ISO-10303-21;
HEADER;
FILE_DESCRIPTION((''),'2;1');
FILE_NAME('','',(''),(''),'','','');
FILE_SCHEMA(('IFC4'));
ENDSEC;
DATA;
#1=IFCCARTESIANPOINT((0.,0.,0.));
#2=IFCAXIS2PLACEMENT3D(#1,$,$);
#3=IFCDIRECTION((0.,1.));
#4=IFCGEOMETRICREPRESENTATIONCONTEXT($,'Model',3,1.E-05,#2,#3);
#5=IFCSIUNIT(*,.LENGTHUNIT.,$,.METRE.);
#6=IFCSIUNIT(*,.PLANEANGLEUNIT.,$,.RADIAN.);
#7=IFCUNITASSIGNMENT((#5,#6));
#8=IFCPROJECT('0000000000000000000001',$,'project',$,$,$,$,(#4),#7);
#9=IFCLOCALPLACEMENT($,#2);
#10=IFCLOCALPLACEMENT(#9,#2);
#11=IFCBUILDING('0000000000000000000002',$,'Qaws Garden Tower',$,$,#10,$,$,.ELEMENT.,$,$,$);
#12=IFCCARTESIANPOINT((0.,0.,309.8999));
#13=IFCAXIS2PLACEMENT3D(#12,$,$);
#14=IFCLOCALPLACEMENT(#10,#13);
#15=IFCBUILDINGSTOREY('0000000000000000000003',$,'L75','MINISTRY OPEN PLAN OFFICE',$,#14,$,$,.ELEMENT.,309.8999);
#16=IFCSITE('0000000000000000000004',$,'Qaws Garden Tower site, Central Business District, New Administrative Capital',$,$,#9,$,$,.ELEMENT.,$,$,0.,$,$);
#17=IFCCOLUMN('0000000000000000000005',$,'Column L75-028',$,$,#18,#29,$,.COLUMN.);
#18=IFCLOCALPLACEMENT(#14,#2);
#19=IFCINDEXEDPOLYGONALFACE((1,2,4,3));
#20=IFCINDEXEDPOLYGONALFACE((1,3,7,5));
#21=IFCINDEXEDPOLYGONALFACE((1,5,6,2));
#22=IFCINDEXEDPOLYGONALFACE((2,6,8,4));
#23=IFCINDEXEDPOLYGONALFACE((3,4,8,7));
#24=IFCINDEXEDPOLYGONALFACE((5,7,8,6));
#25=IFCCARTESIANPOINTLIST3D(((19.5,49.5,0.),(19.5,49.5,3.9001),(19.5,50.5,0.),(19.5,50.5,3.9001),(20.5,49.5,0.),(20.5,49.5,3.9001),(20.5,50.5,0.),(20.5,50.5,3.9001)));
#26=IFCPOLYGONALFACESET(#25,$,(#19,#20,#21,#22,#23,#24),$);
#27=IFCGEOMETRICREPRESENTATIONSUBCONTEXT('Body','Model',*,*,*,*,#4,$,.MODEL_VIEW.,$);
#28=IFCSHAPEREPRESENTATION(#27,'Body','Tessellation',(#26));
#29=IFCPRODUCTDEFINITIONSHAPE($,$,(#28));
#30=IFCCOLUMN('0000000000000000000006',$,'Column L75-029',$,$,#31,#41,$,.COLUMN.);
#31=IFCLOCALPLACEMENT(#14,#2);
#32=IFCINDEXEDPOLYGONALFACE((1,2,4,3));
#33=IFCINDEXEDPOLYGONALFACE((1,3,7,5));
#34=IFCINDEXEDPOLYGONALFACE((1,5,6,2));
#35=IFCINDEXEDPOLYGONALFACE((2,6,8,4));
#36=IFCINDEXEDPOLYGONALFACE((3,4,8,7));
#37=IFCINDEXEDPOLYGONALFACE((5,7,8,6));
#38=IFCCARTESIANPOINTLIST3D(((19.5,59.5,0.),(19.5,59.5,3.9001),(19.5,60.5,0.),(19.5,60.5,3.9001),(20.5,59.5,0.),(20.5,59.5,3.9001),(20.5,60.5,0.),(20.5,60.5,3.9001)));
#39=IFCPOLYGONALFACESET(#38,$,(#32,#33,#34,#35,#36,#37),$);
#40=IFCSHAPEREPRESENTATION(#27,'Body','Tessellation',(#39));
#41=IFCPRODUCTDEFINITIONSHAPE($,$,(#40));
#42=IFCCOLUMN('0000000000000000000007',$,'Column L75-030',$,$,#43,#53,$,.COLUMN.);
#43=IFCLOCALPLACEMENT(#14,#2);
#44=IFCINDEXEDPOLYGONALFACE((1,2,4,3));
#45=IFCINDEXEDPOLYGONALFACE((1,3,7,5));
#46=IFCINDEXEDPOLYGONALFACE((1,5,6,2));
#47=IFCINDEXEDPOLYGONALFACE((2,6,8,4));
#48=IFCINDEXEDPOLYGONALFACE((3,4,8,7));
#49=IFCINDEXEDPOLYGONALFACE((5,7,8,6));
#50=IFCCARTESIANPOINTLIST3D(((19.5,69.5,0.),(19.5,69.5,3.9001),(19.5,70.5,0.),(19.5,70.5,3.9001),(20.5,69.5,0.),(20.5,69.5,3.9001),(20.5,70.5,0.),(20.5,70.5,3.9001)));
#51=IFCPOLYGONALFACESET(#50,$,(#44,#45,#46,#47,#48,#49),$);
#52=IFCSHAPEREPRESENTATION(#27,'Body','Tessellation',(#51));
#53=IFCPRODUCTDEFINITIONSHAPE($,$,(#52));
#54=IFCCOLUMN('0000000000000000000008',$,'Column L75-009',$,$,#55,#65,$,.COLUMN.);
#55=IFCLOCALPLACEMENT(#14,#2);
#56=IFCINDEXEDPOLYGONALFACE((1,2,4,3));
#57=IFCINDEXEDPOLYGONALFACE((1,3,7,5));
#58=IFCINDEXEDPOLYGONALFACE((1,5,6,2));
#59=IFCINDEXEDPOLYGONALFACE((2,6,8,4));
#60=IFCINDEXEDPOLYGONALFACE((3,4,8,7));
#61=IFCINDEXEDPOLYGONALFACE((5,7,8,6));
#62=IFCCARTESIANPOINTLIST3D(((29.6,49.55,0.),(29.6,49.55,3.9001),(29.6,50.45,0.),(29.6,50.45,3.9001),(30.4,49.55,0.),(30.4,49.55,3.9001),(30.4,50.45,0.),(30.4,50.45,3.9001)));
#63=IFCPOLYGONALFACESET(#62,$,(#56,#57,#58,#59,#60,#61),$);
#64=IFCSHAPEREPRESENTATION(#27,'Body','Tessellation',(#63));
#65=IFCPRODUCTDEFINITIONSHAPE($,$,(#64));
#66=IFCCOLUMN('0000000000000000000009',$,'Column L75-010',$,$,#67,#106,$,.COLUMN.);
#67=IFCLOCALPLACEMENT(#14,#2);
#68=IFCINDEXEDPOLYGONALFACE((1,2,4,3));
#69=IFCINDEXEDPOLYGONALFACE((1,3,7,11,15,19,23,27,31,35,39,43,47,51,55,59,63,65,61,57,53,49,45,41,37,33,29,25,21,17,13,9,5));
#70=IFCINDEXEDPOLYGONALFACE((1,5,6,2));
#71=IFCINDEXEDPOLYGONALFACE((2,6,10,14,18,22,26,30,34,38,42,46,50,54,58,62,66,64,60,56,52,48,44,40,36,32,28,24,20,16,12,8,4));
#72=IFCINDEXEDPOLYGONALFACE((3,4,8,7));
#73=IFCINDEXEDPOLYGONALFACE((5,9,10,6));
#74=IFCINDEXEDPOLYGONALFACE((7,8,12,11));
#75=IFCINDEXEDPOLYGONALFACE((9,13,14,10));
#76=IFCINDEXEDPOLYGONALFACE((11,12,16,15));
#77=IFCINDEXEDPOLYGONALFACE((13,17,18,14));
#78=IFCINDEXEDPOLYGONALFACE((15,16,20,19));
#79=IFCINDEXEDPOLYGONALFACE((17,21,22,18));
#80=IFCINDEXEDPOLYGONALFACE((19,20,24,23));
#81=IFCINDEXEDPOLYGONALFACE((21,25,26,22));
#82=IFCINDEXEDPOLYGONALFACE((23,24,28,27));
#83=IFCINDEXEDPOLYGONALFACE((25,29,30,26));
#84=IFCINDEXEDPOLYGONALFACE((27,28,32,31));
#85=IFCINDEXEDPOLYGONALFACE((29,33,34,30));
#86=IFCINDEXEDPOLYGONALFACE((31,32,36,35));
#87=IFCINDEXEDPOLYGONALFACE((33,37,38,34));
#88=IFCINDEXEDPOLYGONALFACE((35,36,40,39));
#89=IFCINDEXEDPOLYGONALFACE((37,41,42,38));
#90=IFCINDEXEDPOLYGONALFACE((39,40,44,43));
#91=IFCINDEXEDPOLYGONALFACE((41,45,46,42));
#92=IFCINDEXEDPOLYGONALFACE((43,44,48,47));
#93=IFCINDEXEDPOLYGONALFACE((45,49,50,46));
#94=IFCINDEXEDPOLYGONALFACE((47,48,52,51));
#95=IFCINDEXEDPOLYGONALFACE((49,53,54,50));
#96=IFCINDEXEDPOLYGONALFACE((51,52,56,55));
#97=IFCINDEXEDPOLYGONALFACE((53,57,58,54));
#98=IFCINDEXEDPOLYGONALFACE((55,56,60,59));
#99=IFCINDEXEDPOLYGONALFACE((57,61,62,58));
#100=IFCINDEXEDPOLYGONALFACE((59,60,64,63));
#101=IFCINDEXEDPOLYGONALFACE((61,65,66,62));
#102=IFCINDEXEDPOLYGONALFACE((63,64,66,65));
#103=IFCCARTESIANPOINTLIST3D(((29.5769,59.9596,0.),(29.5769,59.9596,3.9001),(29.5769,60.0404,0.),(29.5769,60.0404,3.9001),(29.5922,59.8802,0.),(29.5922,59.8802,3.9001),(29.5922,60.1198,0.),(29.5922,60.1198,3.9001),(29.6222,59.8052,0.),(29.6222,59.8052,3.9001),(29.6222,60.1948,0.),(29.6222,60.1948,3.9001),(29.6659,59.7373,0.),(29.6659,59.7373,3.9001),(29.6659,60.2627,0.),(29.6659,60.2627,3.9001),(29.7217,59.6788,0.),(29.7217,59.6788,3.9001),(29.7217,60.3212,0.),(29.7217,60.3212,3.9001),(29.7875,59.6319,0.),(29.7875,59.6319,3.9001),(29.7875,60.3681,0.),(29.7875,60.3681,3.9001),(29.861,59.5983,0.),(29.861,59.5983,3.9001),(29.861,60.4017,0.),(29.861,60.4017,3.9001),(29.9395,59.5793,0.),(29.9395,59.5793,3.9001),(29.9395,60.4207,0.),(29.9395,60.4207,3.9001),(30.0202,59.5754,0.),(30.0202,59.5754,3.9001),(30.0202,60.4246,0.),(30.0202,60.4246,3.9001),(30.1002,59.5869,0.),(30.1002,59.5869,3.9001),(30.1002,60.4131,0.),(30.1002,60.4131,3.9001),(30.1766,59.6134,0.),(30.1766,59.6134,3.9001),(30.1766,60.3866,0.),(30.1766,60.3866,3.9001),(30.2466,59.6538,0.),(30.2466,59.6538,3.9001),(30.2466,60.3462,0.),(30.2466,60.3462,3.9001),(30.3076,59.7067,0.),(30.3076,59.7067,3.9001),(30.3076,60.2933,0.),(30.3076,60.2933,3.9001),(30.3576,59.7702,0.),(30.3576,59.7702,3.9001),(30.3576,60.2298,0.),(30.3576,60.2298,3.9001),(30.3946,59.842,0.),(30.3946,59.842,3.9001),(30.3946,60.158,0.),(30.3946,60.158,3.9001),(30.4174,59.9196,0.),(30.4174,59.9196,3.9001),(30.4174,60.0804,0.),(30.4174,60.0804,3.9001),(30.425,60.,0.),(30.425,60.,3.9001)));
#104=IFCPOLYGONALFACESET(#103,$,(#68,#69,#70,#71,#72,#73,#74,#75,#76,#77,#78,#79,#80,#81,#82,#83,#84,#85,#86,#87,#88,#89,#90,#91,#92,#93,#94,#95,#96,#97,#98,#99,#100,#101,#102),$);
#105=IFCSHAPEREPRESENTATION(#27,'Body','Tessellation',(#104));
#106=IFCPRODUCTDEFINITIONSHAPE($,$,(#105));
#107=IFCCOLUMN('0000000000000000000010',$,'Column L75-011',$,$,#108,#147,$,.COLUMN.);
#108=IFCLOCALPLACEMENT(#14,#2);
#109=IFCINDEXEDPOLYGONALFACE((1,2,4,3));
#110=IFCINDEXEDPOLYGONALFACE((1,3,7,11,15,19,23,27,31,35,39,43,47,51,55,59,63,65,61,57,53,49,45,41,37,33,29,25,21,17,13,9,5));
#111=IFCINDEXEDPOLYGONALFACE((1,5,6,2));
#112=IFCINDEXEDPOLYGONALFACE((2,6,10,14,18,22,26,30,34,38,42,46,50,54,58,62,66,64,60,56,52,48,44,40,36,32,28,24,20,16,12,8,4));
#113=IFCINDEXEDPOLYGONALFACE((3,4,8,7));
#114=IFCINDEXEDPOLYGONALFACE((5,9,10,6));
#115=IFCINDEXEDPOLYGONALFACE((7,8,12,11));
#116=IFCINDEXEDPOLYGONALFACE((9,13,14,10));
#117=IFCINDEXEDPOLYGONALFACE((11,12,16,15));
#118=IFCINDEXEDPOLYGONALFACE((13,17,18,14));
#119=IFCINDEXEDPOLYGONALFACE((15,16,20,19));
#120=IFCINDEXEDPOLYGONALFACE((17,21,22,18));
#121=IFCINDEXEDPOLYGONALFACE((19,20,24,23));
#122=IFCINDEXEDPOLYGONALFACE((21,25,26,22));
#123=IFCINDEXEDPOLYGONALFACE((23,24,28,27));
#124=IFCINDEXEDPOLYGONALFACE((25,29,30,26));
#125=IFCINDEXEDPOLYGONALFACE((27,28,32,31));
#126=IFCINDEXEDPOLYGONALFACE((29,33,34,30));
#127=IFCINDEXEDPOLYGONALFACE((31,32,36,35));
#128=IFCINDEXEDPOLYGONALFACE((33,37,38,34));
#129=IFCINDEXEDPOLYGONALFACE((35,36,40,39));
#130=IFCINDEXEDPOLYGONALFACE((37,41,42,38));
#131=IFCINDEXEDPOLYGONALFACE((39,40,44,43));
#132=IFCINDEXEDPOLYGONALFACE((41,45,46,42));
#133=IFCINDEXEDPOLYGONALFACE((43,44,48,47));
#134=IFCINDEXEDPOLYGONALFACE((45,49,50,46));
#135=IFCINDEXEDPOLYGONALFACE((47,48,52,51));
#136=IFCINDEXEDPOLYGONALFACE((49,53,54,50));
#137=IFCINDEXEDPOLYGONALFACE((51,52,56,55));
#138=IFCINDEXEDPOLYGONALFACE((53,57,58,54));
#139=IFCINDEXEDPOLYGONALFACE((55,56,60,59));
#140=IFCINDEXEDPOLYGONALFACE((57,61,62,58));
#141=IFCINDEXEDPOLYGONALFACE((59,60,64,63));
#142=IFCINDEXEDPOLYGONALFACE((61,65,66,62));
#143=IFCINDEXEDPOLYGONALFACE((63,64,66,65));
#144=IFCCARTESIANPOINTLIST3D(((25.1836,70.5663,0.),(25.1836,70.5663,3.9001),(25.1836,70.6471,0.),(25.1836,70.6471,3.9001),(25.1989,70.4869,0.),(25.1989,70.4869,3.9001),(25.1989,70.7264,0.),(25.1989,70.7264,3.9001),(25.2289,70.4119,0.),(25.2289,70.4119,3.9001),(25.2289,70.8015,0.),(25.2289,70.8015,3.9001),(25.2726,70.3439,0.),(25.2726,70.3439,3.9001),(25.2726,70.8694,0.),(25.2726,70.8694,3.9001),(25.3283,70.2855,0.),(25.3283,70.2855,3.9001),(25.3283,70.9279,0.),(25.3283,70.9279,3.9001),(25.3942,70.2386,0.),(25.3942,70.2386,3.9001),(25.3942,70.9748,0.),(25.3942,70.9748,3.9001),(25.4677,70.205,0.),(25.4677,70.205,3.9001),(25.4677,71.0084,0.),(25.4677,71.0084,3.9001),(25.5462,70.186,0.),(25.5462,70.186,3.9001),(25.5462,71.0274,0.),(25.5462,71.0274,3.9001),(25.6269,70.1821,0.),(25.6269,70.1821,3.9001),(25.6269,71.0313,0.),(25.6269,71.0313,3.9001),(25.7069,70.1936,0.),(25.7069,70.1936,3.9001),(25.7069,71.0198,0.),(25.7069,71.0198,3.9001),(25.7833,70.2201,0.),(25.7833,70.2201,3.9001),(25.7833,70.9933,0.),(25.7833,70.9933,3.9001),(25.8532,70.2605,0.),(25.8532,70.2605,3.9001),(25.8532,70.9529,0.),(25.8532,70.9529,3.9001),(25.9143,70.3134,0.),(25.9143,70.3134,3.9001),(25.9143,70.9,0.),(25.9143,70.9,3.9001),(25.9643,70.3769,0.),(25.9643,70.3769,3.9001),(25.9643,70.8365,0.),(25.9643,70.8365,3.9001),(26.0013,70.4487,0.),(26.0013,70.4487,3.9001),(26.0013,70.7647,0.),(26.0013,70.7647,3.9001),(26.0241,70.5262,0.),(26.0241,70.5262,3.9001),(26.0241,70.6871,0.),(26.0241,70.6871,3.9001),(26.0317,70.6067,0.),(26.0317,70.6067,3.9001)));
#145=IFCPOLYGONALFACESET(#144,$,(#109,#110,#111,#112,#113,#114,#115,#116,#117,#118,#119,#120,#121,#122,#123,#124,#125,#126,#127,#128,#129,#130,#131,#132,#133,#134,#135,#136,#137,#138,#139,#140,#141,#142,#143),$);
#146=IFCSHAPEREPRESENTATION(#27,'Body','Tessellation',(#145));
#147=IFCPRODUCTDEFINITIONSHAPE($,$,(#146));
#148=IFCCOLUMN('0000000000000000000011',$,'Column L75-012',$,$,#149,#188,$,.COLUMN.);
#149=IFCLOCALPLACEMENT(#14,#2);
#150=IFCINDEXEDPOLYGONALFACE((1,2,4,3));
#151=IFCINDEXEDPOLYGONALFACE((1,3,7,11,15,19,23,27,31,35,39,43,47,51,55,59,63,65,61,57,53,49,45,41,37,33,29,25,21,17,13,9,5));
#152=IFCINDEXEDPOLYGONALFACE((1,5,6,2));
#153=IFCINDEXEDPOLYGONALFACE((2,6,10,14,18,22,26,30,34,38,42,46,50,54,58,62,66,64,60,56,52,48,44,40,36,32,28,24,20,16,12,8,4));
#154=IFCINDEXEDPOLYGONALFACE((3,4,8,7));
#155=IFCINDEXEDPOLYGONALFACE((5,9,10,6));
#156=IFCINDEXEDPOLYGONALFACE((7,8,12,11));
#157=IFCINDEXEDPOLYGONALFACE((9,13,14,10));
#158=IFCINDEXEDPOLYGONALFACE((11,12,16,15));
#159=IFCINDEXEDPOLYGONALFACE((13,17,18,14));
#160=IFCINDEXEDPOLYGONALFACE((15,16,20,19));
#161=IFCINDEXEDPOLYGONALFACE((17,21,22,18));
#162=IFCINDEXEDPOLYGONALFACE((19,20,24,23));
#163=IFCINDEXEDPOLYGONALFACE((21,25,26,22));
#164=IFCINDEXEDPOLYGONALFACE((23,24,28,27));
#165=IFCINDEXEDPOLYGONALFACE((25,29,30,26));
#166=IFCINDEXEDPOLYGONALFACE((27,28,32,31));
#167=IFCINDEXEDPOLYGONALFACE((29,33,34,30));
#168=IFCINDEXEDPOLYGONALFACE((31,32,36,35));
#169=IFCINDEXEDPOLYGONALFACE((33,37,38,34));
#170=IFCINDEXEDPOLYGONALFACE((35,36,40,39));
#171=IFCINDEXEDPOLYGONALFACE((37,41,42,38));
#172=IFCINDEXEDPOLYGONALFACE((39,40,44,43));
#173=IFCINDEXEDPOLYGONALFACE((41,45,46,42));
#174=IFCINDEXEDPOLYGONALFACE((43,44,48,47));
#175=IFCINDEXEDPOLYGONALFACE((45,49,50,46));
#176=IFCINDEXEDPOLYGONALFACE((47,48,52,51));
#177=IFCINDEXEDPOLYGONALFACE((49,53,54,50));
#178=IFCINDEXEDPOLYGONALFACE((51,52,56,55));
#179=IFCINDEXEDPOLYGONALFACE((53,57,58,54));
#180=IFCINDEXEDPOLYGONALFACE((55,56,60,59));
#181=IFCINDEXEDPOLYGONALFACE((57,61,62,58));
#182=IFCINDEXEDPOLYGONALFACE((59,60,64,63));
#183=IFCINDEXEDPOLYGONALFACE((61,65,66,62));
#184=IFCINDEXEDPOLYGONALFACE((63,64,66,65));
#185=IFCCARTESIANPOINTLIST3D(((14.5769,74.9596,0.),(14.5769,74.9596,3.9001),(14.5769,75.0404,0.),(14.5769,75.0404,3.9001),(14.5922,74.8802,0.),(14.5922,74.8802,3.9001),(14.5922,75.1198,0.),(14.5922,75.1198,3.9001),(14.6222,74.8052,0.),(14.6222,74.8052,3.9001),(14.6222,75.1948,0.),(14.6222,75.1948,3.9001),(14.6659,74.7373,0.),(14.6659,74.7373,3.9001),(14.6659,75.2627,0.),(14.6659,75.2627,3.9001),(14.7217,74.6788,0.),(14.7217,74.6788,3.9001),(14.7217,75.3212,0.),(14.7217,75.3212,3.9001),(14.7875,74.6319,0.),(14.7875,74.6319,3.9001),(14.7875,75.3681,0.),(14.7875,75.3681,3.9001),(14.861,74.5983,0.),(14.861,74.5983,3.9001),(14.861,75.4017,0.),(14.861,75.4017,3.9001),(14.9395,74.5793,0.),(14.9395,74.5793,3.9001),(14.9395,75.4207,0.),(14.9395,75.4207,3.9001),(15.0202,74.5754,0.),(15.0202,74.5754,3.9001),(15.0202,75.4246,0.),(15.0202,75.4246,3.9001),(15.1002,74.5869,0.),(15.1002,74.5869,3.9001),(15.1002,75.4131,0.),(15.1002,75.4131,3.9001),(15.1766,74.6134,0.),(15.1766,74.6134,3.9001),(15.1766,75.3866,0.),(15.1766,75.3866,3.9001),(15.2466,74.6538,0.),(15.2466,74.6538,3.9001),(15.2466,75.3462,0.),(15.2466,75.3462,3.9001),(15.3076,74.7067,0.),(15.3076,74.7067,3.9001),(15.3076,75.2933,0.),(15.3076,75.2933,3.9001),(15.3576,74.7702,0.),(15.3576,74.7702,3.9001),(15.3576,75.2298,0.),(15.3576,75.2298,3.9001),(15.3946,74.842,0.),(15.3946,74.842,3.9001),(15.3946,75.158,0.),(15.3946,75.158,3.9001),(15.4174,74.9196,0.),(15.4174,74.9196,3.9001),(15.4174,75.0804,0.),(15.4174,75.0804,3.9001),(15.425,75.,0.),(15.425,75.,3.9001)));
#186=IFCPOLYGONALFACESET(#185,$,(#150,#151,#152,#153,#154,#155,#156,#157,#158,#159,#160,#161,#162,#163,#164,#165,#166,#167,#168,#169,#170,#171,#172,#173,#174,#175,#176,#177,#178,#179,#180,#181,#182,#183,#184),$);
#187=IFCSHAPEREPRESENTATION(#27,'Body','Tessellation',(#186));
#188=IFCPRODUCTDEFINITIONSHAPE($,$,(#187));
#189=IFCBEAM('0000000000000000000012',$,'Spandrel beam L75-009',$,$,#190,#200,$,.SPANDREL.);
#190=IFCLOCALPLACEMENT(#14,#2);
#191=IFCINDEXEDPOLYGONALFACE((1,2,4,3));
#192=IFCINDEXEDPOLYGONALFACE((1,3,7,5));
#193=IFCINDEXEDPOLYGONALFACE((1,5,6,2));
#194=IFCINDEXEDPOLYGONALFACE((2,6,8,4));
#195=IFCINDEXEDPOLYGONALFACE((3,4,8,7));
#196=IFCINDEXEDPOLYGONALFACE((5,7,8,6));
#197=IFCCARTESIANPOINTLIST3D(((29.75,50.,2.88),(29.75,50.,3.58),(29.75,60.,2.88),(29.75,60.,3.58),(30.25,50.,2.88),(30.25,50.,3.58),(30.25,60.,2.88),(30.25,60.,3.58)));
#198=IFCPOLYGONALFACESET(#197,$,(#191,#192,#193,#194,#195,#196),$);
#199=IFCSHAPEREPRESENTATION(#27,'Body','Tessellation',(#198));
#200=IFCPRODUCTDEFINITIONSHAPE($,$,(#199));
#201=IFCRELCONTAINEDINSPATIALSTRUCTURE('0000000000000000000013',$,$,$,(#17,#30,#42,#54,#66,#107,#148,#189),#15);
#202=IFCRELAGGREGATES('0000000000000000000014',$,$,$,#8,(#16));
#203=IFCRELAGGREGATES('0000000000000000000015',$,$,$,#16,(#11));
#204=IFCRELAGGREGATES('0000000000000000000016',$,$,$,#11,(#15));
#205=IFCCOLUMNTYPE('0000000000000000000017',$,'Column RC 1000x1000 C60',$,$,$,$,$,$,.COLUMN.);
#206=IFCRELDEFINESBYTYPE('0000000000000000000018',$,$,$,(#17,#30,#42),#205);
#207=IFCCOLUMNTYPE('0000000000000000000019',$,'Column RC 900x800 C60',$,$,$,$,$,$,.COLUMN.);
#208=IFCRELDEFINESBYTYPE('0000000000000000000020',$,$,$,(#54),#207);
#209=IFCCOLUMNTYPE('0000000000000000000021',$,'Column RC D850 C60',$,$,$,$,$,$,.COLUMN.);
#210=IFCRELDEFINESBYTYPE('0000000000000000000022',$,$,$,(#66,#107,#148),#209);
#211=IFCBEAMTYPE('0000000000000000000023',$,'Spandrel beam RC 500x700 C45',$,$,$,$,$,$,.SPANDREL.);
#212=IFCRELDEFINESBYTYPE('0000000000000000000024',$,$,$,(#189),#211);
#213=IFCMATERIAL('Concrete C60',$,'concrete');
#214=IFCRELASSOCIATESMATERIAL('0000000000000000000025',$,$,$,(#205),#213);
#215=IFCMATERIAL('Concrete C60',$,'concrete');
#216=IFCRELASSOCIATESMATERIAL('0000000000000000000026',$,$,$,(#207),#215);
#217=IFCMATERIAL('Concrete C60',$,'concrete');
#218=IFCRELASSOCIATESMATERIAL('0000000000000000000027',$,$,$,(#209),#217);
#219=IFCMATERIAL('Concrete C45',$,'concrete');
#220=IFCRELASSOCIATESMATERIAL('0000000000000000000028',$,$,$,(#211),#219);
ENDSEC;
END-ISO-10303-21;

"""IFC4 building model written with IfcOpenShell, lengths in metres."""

from ifc_helpers import new_model, si_unit, direction, frame, origin, origin_2d, place, context, subcontext, project, spatial, rectangle, circle, extrude, material, material_profile, profile_set, type_object, element, save


model = new_model("IFC4")

# Units and contexts
model_context = context("Model", 3, precision=1e-05, world=origin(), true_north=direction((0.0, 1.0)))
body_context = subcontext(model_context, "Body", "Model", "MODEL_VIEW")
ifc_project = project(units=[si_unit("LENGTHUNIT", "METRE"), si_unit("PLANEANGLEUNIT", "RADIAN")], contexts=[model_context])

# Site, building, storey
site_placement = place(None, origin())
site = spatial("IfcSite", under=ifc_project, at=site_placement, Name="Qaws Garden Tower site, Central Business District, New Administrative Capital", CompositionType="ELEMENT", RefElevation=0.0)
building_placement = place(site_placement, origin())
building = spatial("IfcBuilding", under=site, at=building_placement, Name="Qaws Garden Tower", CompositionType="ELEMENT")
storey_placement = place(building_placement, frame((0.0, 0.0, 309.8999)))
storey = spatial("IfcBuildingStorey", under=building, at=storey_placement, Name="L75", Description="MINISTRY OPEN PLAN OFFICE", CompositionType="ELEMENT", Elevation=309.8999)

# Columns
ifc_material_1 = material(Name="Concrete C60", Category="concrete")
ifc_material_profile_1 = material_profile(ifc_material_1, rectangle(XDim=1.0, YDim=1.0, at=origin_2d()), Name="RC 1000x1000")
ifc_profile_set_1 = profile_set([ifc_material_profile_1], Name="Concrete C60")
column_type_1 = type_object("IfcColumnType", Name="Column RC 1000x1000 C60", PredefinedType="COLUMN", material=ifc_profile_set_1)
for number, where, z_axis, x_axis, name in (
    (1, (20.0, 50.0, 0.0), (0.0, 0.0, 1.0), (1.0, 0.0, 0.0), "Column L75-028"),
    (2, (20.0, 60.0, 0.0), (0.0, 0.0, 1.0), (1.0, 0.0, 0.0), "Column L75-029"),
    (3, (20.0, 70.0, 0.0), (0.0, 0.0, 1.0), (1.0, 0.0, 0.0), "Column L75-030"),
):
    element("IfcColumn", number, at=place(storey_placement, frame(where, z_axis=z_axis, x_axis=x_axis)), inside=storey, type_object=column_type_1, Name=name, PredefinedType="COLUMN", context=body_context, shape_type="SweptSolid", body=[
        extrude(rectangle(XDim=1.0, YDim=1.0, at=origin_2d()), origin(), (0.0, 0.0, 1.0), 3.9001),
    ])
ifc_material_2 = material(Name="Concrete C60", Category="concrete")
ifc_material_profile_2 = material_profile(ifc_material_2, rectangle(XDim=0.8999, YDim=0.8, at=origin_2d()), Name="RC 900x800")
ifc_profile_set_2 = profile_set([ifc_material_profile_2], Name="Concrete C60")
column_type_2 = type_object("IfcColumnType", Name="Column RC 900x800 C60", PredefinedType="COLUMN", material=ifc_profile_set_2)
column_placement = place(storey_placement, frame((30.0, 50.0, 0.0), z_axis=(0.0, 0.0, 1.0), x_axis=(0.0, 1.0, 0.0)))
element("IfcColumn", 4, at=column_placement, inside=storey, type_object=column_type_2, Name="Column L75-009", PredefinedType="COLUMN", context=body_context, shape_type="SweptSolid", body=[
    extrude(rectangle(XDim=0.8999, YDim=0.8, at=origin_2d()), origin(), (0.0, 0.0, 1.0), 3.9001),
])
ifc_material_3 = material(Name="Concrete C60", Category="concrete")
ifc_material_profile_3 = material_profile(ifc_material_3, circle(Radius=0.425, at=origin_2d()), Name="RC D850")
ifc_profile_set_3 = profile_set([ifc_material_profile_3], Name="Concrete C60")
column_type_3 = type_object("IfcColumnType", Name="Column RC D850 C60", PredefinedType="COLUMN", material=ifc_profile_set_3)
for number, where, z_axis, x_axis, name in (
    (5, (30.0, 60.0, 0.0), (0.0, 0.0, 1.0), (1.0, 0.0, 0.0), "Column L75-010"),
    (6, (25.6067, 70.6067, 0.0), (0.0, 0.0, 1.0), (1.0, 0.0, 0.0), "Column L75-011"),
    (7, (15.0, 75.0, 0.0), (0.0, 0.0, 1.0), (1.0, 0.0, 0.0), "Column L75-012"),
):
    element("IfcColumn", number, at=place(storey_placement, frame(where, z_axis=z_axis, x_axis=x_axis)), inside=storey, type_object=column_type_3, Name=name, PredefinedType="COLUMN", context=body_context, shape_type="SweptSolid", body=[
        extrude(circle(Radius=0.425, at=origin_2d()), origin(), (0.0, 0.0, 1.0), 3.9001),
    ])

# Beam
ifc_material_4 = material(Name="Concrete C45", Category="concrete")
ifc_material_profile_4 = material_profile(ifc_material_4, rectangle(XDim=0.5, YDim=0.7, at=origin_2d()), Name="RC 500x700")
ifc_profile_set_4 = profile_set([ifc_material_profile_4], Name="Concrete C45")
beam_type = type_object("IfcBeamType", Name="Spandrel beam RC 500x700 C45", PredefinedType="SPANDREL", material=ifc_profile_set_4)
beam_placement = place(storey_placement, frame((30.0, 50.0, 3.23), z_axis=(0.0, 1.0, 0.0), x_axis=(-1.0, 0.0, 0.0)))
element("IfcBeam", 8, at=beam_placement, inside=storey, type_object=beam_type, Name="Spandrel beam L75-009", PredefinedType="SPANDREL", context=body_context, shape_type="SweptSolid", body=[
    extrude(rectangle(XDim=0.5, YDim=0.7, at=origin_2d()), origin(), (0.0, 0.0, 1.0), 10.0),
])

save(model, "model.ifc")
